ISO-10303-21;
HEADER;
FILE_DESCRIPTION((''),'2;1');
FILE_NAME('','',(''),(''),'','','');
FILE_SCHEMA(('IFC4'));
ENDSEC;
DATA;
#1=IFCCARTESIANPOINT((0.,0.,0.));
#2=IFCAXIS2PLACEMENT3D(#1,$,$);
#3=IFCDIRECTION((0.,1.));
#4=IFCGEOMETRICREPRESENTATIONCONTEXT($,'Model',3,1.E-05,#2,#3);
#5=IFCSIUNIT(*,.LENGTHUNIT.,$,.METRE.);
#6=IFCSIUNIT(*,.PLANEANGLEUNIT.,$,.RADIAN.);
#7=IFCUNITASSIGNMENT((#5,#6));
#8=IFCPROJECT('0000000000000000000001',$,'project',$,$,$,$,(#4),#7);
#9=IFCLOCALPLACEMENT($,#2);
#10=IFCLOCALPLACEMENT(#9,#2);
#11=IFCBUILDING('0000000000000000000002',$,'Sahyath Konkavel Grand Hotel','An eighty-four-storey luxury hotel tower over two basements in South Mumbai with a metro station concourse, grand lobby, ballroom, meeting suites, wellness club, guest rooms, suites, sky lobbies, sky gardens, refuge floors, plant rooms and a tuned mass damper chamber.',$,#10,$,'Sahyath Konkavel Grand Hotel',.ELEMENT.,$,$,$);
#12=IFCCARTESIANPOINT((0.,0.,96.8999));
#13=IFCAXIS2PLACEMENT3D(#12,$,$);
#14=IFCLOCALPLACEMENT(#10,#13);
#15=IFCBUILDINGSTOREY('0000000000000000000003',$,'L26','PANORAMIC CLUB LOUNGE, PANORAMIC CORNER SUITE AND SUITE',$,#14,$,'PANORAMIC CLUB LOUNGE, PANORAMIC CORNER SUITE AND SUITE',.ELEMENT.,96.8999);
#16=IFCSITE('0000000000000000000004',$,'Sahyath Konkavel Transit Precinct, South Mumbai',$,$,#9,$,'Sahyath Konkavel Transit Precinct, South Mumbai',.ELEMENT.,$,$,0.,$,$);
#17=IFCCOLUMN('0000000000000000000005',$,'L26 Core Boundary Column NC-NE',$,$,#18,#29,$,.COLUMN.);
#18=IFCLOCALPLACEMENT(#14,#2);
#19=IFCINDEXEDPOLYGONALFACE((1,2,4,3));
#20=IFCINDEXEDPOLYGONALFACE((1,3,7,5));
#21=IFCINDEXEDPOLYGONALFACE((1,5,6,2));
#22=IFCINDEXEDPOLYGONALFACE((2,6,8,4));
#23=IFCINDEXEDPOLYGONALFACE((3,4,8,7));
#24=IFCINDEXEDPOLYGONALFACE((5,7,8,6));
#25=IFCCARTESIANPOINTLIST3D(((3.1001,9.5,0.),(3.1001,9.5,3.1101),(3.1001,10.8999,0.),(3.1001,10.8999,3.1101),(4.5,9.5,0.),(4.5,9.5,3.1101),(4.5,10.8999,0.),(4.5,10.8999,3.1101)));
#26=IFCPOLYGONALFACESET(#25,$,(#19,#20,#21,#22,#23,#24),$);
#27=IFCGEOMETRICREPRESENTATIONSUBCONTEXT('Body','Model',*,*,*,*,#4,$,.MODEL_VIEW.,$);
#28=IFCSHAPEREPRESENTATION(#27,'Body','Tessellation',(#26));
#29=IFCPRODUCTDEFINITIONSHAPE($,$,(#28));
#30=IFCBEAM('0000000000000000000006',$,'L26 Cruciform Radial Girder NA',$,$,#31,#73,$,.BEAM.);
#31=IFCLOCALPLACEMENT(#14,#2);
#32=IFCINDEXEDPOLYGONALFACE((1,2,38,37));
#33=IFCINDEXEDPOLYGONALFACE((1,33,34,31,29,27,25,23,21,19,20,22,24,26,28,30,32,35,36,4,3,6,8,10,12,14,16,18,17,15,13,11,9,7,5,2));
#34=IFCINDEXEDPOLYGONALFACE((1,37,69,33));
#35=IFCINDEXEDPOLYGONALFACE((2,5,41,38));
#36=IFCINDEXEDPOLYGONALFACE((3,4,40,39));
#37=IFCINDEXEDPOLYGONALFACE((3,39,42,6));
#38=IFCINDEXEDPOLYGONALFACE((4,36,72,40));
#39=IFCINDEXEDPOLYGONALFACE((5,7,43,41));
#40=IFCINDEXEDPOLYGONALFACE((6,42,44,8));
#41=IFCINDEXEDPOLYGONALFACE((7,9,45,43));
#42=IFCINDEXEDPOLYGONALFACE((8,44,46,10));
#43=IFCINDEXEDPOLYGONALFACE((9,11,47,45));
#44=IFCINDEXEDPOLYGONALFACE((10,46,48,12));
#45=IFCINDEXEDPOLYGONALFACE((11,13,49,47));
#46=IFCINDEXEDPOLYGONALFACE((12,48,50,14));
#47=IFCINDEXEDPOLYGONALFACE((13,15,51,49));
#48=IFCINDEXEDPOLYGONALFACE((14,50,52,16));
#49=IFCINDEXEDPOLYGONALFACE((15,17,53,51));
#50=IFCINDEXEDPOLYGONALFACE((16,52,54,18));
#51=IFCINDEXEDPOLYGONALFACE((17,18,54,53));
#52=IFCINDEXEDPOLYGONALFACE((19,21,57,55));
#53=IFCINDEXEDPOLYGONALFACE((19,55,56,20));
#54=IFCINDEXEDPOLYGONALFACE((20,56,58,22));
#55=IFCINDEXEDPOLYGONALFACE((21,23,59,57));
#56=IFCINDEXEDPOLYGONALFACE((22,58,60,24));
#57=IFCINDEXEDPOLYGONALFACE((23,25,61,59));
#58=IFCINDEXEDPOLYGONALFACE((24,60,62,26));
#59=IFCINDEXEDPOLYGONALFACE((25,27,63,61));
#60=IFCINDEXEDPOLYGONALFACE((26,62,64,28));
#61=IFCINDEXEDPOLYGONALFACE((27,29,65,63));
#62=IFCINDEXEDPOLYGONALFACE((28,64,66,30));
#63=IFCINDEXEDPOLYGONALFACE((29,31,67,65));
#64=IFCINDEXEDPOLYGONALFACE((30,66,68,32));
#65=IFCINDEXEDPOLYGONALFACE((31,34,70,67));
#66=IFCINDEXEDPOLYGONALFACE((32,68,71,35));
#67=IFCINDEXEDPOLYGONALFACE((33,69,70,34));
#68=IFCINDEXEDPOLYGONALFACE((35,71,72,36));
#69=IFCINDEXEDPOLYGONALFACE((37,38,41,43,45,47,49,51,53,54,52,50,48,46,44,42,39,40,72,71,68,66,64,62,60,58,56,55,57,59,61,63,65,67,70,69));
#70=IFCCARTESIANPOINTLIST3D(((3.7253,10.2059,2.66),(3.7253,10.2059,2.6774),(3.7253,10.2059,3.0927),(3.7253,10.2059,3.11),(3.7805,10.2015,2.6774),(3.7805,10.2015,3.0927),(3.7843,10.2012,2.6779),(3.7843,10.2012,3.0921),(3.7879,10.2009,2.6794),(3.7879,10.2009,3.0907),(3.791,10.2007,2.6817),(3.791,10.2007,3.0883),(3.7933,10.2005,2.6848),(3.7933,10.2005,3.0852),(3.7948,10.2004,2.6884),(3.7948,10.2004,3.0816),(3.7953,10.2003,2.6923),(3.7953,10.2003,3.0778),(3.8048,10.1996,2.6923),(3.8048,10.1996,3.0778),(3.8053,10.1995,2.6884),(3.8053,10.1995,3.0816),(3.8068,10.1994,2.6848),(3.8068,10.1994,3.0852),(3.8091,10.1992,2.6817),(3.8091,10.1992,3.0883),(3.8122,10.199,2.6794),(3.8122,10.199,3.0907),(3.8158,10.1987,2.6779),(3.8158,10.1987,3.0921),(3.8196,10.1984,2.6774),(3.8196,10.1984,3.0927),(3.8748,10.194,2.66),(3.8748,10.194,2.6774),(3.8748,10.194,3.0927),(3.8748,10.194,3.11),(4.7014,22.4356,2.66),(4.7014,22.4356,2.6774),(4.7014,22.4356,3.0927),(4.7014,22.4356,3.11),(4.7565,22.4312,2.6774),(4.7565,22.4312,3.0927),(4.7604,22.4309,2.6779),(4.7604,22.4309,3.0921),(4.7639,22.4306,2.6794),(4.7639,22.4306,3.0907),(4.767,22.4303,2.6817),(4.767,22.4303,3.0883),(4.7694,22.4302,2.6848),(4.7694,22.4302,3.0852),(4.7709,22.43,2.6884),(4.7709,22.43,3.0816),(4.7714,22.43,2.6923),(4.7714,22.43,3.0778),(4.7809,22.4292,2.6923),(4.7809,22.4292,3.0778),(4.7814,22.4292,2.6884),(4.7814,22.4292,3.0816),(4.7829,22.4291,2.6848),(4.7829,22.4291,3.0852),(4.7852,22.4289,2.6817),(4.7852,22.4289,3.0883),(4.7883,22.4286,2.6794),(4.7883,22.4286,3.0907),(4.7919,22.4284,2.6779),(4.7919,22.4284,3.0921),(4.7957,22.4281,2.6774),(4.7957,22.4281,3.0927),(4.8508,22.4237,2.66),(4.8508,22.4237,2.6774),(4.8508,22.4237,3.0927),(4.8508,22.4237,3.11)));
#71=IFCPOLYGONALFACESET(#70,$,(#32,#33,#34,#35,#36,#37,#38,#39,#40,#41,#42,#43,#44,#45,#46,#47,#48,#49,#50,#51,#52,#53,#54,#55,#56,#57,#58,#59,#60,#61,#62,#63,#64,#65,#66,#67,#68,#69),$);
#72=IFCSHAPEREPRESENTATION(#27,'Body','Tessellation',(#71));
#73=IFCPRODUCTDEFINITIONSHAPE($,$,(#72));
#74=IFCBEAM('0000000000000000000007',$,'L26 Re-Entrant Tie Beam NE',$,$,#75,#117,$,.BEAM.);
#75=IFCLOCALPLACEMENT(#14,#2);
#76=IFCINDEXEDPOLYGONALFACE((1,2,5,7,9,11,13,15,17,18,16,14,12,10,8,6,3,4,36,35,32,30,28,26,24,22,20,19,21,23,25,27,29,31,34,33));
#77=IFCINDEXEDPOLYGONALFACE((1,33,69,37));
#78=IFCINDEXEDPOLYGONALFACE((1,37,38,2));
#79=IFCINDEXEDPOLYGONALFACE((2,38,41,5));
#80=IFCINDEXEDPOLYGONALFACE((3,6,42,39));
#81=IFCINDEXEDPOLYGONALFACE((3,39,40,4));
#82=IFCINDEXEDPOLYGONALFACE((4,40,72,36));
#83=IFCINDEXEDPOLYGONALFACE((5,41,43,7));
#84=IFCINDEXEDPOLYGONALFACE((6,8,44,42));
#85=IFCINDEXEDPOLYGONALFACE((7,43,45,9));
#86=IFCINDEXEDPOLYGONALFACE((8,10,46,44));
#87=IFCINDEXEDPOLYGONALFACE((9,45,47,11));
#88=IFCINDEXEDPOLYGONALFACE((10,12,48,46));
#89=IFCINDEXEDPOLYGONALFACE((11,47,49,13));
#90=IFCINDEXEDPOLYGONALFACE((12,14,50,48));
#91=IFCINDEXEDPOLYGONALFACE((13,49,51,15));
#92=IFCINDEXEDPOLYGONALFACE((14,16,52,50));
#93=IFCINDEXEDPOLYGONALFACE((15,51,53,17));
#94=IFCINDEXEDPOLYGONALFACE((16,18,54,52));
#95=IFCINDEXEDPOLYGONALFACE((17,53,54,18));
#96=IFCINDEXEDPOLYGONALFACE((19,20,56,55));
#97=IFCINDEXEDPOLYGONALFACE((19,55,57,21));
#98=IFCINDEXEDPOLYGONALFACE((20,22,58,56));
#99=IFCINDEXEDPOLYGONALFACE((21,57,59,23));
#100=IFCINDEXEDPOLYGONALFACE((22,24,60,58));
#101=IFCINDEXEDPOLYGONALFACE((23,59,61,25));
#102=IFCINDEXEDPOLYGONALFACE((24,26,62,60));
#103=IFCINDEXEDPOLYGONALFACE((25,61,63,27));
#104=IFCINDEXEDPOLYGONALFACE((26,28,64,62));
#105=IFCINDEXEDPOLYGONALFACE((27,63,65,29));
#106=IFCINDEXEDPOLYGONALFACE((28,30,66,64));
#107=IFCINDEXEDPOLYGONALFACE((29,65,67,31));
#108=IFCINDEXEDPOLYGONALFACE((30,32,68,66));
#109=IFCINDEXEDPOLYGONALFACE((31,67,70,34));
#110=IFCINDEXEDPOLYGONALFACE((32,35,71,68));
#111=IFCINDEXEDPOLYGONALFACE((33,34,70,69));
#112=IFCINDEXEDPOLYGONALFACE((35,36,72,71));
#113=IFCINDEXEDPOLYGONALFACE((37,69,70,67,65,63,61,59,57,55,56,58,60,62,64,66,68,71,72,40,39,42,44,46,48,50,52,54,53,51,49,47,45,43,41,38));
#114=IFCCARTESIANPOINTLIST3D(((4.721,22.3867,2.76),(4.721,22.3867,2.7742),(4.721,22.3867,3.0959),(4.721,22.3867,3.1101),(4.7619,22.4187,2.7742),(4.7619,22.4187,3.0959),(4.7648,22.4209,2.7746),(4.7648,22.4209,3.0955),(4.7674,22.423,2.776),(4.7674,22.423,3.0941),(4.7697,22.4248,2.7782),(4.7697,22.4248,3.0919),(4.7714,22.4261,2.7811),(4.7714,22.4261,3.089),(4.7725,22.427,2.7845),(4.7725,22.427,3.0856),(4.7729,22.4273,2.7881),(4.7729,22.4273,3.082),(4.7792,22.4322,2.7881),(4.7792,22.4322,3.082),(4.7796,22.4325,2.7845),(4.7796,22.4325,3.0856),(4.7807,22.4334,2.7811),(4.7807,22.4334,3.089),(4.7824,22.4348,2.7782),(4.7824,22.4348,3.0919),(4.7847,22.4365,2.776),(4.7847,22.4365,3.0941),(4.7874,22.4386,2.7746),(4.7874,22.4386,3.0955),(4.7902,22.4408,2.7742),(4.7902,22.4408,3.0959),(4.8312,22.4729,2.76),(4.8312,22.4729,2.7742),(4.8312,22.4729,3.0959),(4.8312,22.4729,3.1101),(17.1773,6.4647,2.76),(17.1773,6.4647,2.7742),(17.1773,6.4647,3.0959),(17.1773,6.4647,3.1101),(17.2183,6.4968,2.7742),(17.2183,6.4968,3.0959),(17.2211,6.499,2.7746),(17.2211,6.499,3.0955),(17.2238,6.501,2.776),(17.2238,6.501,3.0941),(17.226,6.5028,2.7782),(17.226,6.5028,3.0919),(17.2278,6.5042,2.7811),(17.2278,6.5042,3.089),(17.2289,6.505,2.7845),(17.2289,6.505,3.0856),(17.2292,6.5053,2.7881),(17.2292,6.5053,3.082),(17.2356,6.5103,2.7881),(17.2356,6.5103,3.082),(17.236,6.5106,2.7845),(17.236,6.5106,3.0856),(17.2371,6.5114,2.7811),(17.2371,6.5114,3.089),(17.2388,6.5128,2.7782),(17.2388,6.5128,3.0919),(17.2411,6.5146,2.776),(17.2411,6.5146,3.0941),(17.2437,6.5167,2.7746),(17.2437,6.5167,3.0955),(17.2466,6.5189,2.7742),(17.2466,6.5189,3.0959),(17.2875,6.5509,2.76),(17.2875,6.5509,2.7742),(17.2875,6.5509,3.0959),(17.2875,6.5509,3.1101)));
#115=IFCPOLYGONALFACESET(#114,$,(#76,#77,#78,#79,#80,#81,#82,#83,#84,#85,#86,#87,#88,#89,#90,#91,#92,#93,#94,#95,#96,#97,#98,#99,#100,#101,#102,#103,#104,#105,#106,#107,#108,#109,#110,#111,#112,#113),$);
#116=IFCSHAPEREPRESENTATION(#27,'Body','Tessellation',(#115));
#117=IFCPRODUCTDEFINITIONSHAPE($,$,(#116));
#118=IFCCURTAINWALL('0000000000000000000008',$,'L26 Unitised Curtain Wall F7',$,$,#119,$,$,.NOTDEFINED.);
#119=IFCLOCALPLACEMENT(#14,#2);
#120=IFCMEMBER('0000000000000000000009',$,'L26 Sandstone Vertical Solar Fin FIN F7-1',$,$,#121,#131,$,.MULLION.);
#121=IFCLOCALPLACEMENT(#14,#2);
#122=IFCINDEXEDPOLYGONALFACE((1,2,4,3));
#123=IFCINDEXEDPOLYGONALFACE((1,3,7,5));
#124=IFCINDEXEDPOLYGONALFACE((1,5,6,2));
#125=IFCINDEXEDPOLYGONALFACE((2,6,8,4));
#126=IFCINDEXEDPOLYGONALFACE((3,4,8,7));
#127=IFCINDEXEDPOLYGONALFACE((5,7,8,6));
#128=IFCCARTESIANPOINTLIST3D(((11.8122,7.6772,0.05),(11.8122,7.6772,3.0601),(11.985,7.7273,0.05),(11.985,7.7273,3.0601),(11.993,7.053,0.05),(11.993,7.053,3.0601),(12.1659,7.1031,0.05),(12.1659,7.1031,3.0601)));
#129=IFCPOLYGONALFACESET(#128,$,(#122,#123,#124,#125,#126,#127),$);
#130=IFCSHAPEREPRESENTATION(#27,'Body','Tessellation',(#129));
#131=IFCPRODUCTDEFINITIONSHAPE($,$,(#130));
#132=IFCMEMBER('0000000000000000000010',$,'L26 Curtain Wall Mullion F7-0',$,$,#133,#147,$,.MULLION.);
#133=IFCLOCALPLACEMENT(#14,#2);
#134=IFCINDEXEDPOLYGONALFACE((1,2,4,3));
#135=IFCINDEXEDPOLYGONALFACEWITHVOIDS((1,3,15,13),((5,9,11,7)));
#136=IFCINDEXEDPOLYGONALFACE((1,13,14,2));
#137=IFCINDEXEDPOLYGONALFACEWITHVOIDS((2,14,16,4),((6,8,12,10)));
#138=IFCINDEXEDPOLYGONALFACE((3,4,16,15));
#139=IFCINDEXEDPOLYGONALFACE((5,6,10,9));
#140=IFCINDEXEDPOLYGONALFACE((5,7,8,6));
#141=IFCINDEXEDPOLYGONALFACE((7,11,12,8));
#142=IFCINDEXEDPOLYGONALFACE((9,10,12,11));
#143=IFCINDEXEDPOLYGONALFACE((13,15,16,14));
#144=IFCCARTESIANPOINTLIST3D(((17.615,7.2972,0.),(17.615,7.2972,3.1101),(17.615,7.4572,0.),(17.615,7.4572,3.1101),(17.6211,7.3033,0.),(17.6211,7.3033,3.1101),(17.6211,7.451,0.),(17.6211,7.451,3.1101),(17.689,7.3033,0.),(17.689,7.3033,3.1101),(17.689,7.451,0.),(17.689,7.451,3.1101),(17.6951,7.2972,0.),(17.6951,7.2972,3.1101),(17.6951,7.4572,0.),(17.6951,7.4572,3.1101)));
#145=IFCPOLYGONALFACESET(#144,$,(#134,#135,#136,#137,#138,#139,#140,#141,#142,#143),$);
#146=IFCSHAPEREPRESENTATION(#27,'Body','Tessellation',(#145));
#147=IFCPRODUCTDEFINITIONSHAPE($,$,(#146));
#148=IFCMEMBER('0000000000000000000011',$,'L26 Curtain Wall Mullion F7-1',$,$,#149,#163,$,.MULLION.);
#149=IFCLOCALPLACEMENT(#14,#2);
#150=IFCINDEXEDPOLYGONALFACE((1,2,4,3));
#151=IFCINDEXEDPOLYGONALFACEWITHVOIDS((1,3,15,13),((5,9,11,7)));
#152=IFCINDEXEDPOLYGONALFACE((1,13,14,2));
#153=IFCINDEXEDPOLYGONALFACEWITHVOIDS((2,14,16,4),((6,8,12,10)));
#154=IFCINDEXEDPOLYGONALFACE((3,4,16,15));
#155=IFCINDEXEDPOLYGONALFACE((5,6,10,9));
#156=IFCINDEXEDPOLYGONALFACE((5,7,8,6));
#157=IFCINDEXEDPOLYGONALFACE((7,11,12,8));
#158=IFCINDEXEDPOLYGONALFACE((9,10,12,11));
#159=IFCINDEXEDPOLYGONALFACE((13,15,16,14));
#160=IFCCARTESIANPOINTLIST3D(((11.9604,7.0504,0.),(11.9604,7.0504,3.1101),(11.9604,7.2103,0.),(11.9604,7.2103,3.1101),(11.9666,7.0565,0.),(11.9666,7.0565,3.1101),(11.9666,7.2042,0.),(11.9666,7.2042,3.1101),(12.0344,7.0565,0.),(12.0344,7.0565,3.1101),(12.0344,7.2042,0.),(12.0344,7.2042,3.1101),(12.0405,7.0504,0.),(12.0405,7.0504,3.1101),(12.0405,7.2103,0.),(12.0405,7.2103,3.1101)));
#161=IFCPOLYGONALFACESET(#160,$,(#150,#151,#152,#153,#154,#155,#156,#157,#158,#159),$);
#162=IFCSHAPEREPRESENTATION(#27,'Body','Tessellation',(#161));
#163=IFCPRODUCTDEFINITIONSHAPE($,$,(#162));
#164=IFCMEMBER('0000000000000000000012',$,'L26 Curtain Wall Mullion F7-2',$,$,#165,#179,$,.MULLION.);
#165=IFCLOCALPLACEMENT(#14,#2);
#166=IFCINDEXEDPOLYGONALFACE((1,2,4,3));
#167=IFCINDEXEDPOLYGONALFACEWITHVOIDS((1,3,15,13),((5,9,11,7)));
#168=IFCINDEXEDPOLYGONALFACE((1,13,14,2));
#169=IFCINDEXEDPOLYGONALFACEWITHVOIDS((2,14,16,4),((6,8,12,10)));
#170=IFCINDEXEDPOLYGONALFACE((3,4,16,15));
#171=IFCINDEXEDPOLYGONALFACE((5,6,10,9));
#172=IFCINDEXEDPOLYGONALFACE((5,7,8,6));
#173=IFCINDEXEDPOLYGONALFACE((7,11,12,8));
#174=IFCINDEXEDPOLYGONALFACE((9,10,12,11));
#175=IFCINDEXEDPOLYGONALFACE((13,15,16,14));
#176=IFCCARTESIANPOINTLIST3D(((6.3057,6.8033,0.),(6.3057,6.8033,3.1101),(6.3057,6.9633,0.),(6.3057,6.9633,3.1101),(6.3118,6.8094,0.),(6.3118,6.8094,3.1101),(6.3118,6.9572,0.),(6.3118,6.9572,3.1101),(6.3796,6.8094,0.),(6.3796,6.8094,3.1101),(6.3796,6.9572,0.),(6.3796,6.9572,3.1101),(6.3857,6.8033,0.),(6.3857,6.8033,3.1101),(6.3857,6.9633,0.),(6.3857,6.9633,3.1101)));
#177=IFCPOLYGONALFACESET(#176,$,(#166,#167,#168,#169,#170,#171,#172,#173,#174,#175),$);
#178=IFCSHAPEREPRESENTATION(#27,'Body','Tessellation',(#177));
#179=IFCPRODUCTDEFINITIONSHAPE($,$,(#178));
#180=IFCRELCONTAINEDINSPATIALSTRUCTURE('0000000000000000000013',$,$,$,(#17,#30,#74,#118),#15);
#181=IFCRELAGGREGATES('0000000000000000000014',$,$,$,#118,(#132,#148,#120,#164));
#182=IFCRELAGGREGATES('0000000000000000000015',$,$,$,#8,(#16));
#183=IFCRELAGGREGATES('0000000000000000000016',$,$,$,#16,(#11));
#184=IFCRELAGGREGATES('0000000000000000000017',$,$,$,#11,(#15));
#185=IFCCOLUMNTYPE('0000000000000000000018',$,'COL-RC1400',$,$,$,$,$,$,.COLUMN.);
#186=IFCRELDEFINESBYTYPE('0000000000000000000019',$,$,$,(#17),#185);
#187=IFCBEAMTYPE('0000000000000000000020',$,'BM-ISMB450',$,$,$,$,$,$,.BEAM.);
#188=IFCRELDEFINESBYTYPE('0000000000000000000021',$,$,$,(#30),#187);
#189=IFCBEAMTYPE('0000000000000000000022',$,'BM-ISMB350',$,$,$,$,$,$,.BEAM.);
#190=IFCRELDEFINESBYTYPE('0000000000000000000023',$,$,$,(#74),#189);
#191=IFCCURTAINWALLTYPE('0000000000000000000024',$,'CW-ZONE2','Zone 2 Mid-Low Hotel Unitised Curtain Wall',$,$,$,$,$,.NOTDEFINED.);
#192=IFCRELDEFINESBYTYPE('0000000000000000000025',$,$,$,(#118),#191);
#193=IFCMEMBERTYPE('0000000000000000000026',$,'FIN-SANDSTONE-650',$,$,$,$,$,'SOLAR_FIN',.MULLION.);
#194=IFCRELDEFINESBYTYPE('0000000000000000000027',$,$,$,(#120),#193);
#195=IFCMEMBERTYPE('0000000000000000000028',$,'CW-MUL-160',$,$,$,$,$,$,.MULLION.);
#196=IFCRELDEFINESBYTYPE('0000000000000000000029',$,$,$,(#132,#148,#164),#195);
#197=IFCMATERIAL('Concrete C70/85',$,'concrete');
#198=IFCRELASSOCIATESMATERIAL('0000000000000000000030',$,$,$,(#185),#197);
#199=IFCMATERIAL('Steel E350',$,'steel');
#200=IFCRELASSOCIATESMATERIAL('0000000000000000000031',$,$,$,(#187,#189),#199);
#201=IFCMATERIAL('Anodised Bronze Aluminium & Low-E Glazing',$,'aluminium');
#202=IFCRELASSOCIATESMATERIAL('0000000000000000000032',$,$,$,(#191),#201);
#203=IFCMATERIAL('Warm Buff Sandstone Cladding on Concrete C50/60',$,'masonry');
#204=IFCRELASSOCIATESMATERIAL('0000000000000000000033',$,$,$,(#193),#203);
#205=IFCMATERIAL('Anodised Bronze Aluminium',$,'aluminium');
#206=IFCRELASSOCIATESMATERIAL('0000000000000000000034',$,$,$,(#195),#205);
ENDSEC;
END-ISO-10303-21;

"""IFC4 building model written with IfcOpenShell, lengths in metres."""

from ifc_helpers import new_model, si_unit, direction, frame, origin, origin_2d, place, context, subcontext, project, spatial, rectangle, hollow_rectangle, i_section, extrude, source, transform, mapped, material, material_profile, profile_set, type_object, element, aggregate, save


model = new_model("IFC4")

# Units and contexts
model_context = context("Model", 3, precision=1e-05, world=origin(), true_north=direction((0.0, 1.0)))
body_context = subcontext(model_context, "Body", "Model", "MODEL_VIEW")
ifc_project = project(units=[si_unit("LENGTHUNIT", "METRE"), si_unit("PLANEANGLEUNIT", "RADIAN")], contexts=[model_context])

# Site, building, storey
site_placement = place(None, origin())
site = spatial("IfcSite", under=ifc_project, at=site_placement, Name="Sahyath Konkavel Transit Precinct, South Mumbai", LongName="Sahyath Konkavel Transit Precinct, South Mumbai", CompositionType="ELEMENT", RefElevation=0.0)
building_placement = place(site_placement, origin())
building = spatial("IfcBuilding", under=site, at=building_placement, Name="Sahyath Konkavel Grand Hotel", Description="An eighty-four-storey luxury hotel tower over two basements in South Mumbai with a metro station concourse, grand lobby, ballroom, meeting suites, wellness club, guest rooms, suites, sky lobbies, sky gardens, refuge floors, plant rooms and a tuned mass damper chamber.", LongName="Sahyath Konkavel Grand Hotel", CompositionType="ELEMENT")
storey_placement = place(building_placement, frame((0.0, 0.0, 96.8999)))
storey = spatial("IfcBuildingStorey", under=building, at=storey_placement, Name="L26", Description="PANORAMIC CLUB LOUNGE, PANORAMIC CORNER SUITE AND SUITE", LongName="PANORAMIC CLUB LOUNGE, PANORAMIC CORNER SUITE AND SUITE", CompositionType="ELEMENT", Elevation=96.8999)

# Column
ifc_material_1 = material(Name="Concrete C70/85", Category="concrete")
ifc_material_profile_1 = material_profile(ifc_material_1, rectangle(XDim=1.3999, YDim=1.3999, at=origin_2d()), Name="RC 1400x1400")
ifc_profile_set_1 = profile_set([ifc_material_profile_1], Name="Concrete C70/85")
column_type = type_object("IfcColumnType", Name="COL-RC1400", PredefinedType="COLUMN", material=ifc_profile_set_1)
shared_shape_1 = source(origin(), body_context, "Body", "SweptSolid", [
    extrude(rectangle(XDim=1.3999, YDim=1.3999, at=origin_2d()), origin(), (0.0, 0.0, 1.0), 3.1101),
])
column_placement = place(storey_placement, frame((3.8, 10.2, 0.0), z_axis=(0.0, 0.0, 1.0), x_axis=(1.0, 0.0, 0.0)))
element("IfcColumn", 1, at=column_placement, inside=storey, type_object=column_type, Name="L26 Core Boundary Column NC-NE", PredefinedType="COLUMN", context=body_context, shape_type="MappedRepresentation", body=[
    mapped(shared_shape_1, transform((0.0, 0.0, 0.0), scale=1.0)),
])

# Beams
ifc_material_2 = material(Name="Steel E350", Category="steel")
ifc_material_profile_2 = material_profile(ifc_material_2, i_section(OverallWidth=0.1499, OverallDepth=0.45, WebThickness=0.0095, FlangeThickness=0.0173, FilletRadius=0.0149, at=origin_2d()), Name="ISMB 450")
ifc_profile_set_2 = profile_set([ifc_material_profile_2], Name="Steel E350")
beam_type_1 = type_object("IfcBeamType", Name="BM-ISMB450", PredefinedType="BEAM", material=ifc_profile_set_2)
shared_shape_2 = source(origin(), body_context, "Body", "SweptSolid", [
    extrude(i_section(OverallWidth=0.1499, OverallDepth=0.45, WebThickness=0.0095, FlangeThickness=0.0173, FilletRadius=0.0149, at=origin_2d()), origin(), (0.0, 0.0, 1.0), 12.2686),
])
beam_1_placement = place(storey_placement, frame((3.8, 10.2, 2.885), z_axis=(0.079559, 0.99683, 0.0), x_axis=(-0.99683, 0.079559, 0.0)))
element("IfcBeam", 2, at=beam_1_placement, inside=storey, type_object=beam_type_1, Name="L26 Cruciform Radial Girder NA", PredefinedType="BEAM", context=body_context, shape_type="MappedRepresentation", body=[
    mapped(shared_shape_2, transform((0.0, 0.0, 0.0), scale=1.0)),
])
ifc_material_profile_3 = material_profile(ifc_material_2, i_section(OverallWidth=0.1399, OverallDepth=0.3501, WebThickness=0.0081, FlangeThickness=0.0142, FilletRadius=0.0139, at=origin_2d()), Name="ISMB 350")
ifc_profile_set_3 = profile_set([ifc_material_profile_3], Name="Steel E350")
beam_type_2 = type_object("IfcBeamType", Name="BM-ISMB350", PredefinedType="BEAM", material=ifc_profile_set_3)
shared_shape_3 = source(origin(), body_context, "Body", "SweptSolid", [
    extrude(i_section(OverallWidth=0.1399, OverallDepth=0.3501, WebThickness=0.0081, FlangeThickness=0.0142, FilletRadius=0.0139, at=origin_2d()), origin(), (0.0, 0.0, 1.0), 20.2156),
])
beam_2_placement = place(storey_placement, frame((17.2324, 6.5078, 2.9351), z_axis=(-0.616176, 0.787608, 0.0), x_axis=(-0.787608, -0.616176, 0.0)))
element("IfcBeam", 3, at=beam_2_placement, inside=storey, type_object=beam_type_2, Name="L26 Re-Entrant Tie Beam NE", PredefinedType="BEAM", context=body_context, shape_type="MappedRepresentation", body=[
    mapped(shared_shape_3, transform((0.0, 0.0, 0.0), scale=1.0)),
])

# Curtain wall, members
ifc_material_3 = material(Name="Anodised Bronze Aluminium & Low-E Glazing", Category="aluminium")
curtain_wall_type = type_object("IfcCurtainWallType", Name="CW-ZONE2", Description="Zone 2 Mid-Low Hotel Unitised Curtain Wall", PredefinedType="NOTDEFINED", material=ifc_material_3)
curtain_wall_1_placement = place(storey_placement, origin())
curtain_wall_1 = element("IfcCurtainWall", 4, at=curtain_wall_1_placement, inside=storey, type_object=curtain_wall_type, Name="L26 Unitised Curtain Wall F7", PredefinedType="NOTDEFINED")
ifc_material_4 = material(Name="Warm Buff Sandstone Cladding on Concrete C50/60", Category="masonry")
ifc_material_profile_4 = material_profile(ifc_material_4, rectangle(XDim=0.1799, YDim=0.6499, at=origin_2d()), Name="FIN 180x650")
ifc_profile_set_4 = profile_set([ifc_material_profile_4], Name="Warm Buff Sandstone Cladding on Concrete C50/60")
member_type_1 = type_object("IfcMemberType", Name="FIN-SANDSTONE-650", ElementType="SOLAR_FIN", PredefinedType="MULLION", material=ifc_profile_set_4)
shared_shape_4 = source(origin(), body_context, "Body", "SweptSolid", [
    extrude(rectangle(XDim=0.1799, YDim=0.6499, at=origin_2d()), origin(), (0.0, 0.0, 1.0), 3.01),
])
member_1_placement = place(storey_placement, frame((11.989, 7.3901, 0.05), z_axis=(0.0, 0.0, 1.0), x_axis=(0.960488, 0.278321, 0.0)))
member_1 = element("IfcMember", 5, at=member_1_placement, type_object=member_type_1, Name="L26 Sandstone Vertical Solar Fin FIN F7-1", PredefinedType="MULLION", context=body_context, shape_type="MappedRepresentation", body=[
    mapped(shared_shape_4, transform((0.0, 0.0, 0.0), scale=1.0)),
])
ifc_material_5 = material(Name="Anodised Bronze Aluminium", Category="aluminium")
ifc_material_profile_5 = material_profile(ifc_material_5, hollow_rectangle(XDim=0.0801, YDim=0.1599, WallThickness=0.0061, at=origin_2d()), Name="RHS 160x80x6")
ifc_profile_set_5 = profile_set([ifc_material_profile_5], Name="Anodised Bronze Aluminium")
member_type_2 = type_object("IfcMemberType", Name="CW-MUL-160", PredefinedType="MULLION", material=ifc_profile_set_5)
shared_shape_5 = source(origin(), body_context, "Body", "SweptSolid", [
    extrude(hollow_rectangle(XDim=0.0801, YDim=0.1599, WallThickness=0.0061, at=origin_2d()), origin(), (0.0, 0.0, 1.0), 3.1101),
])
member_2_placement = place(storey_placement, frame((17.655, 7.3772, 0.0), z_axis=(0.0, 0.0, 1.0), x_axis=(1.0, 0.0, 0.0)))
member_2 = element("IfcMember", 6, at=member_2_placement, type_object=member_type_2, Name="L26 Curtain Wall Mullion F7-0", PredefinedType="MULLION", context=body_context, shape_type="MappedRepresentation", body=[
    mapped(shared_shape_5, transform((0.0, 0.0, 0.0), scale=1.0)),
])
member_3_placement = place(storey_placement, frame((12.0005, 7.1304, 0.0), z_axis=(0.0, 0.0, 1.0), x_axis=(1.0, 0.0, 0.0)))
member_3 = element("IfcMember", 7, at=member_3_placement, type_object=member_type_2, Name="L26 Curtain Wall Mullion F7-1", PredefinedType="MULLION", context=body_context, shape_type="MappedRepresentation", body=[
    mapped(shared_shape_5, transform((0.0, 0.0, 0.0), scale=1.0)),
])
member_4_placement = place(storey_placement, frame((6.3457, 6.8833, 0.0), z_axis=(0.0, 0.0, 1.0), x_axis=(1.0, 0.0, 0.0)))
member_4 = element("IfcMember", 8, at=member_4_placement, type_object=member_type_2, Name="L26 Curtain Wall Mullion F7-2", PredefinedType="MULLION", context=body_context, shape_type="MappedRepresentation", body=[
    mapped(shared_shape_5, transform((0.0, 0.0, 0.0), scale=1.0)),
])

aggregate(curtain_wall_1, [member_2, member_3, member_1, member_4])

save(model, "model.ifc")
